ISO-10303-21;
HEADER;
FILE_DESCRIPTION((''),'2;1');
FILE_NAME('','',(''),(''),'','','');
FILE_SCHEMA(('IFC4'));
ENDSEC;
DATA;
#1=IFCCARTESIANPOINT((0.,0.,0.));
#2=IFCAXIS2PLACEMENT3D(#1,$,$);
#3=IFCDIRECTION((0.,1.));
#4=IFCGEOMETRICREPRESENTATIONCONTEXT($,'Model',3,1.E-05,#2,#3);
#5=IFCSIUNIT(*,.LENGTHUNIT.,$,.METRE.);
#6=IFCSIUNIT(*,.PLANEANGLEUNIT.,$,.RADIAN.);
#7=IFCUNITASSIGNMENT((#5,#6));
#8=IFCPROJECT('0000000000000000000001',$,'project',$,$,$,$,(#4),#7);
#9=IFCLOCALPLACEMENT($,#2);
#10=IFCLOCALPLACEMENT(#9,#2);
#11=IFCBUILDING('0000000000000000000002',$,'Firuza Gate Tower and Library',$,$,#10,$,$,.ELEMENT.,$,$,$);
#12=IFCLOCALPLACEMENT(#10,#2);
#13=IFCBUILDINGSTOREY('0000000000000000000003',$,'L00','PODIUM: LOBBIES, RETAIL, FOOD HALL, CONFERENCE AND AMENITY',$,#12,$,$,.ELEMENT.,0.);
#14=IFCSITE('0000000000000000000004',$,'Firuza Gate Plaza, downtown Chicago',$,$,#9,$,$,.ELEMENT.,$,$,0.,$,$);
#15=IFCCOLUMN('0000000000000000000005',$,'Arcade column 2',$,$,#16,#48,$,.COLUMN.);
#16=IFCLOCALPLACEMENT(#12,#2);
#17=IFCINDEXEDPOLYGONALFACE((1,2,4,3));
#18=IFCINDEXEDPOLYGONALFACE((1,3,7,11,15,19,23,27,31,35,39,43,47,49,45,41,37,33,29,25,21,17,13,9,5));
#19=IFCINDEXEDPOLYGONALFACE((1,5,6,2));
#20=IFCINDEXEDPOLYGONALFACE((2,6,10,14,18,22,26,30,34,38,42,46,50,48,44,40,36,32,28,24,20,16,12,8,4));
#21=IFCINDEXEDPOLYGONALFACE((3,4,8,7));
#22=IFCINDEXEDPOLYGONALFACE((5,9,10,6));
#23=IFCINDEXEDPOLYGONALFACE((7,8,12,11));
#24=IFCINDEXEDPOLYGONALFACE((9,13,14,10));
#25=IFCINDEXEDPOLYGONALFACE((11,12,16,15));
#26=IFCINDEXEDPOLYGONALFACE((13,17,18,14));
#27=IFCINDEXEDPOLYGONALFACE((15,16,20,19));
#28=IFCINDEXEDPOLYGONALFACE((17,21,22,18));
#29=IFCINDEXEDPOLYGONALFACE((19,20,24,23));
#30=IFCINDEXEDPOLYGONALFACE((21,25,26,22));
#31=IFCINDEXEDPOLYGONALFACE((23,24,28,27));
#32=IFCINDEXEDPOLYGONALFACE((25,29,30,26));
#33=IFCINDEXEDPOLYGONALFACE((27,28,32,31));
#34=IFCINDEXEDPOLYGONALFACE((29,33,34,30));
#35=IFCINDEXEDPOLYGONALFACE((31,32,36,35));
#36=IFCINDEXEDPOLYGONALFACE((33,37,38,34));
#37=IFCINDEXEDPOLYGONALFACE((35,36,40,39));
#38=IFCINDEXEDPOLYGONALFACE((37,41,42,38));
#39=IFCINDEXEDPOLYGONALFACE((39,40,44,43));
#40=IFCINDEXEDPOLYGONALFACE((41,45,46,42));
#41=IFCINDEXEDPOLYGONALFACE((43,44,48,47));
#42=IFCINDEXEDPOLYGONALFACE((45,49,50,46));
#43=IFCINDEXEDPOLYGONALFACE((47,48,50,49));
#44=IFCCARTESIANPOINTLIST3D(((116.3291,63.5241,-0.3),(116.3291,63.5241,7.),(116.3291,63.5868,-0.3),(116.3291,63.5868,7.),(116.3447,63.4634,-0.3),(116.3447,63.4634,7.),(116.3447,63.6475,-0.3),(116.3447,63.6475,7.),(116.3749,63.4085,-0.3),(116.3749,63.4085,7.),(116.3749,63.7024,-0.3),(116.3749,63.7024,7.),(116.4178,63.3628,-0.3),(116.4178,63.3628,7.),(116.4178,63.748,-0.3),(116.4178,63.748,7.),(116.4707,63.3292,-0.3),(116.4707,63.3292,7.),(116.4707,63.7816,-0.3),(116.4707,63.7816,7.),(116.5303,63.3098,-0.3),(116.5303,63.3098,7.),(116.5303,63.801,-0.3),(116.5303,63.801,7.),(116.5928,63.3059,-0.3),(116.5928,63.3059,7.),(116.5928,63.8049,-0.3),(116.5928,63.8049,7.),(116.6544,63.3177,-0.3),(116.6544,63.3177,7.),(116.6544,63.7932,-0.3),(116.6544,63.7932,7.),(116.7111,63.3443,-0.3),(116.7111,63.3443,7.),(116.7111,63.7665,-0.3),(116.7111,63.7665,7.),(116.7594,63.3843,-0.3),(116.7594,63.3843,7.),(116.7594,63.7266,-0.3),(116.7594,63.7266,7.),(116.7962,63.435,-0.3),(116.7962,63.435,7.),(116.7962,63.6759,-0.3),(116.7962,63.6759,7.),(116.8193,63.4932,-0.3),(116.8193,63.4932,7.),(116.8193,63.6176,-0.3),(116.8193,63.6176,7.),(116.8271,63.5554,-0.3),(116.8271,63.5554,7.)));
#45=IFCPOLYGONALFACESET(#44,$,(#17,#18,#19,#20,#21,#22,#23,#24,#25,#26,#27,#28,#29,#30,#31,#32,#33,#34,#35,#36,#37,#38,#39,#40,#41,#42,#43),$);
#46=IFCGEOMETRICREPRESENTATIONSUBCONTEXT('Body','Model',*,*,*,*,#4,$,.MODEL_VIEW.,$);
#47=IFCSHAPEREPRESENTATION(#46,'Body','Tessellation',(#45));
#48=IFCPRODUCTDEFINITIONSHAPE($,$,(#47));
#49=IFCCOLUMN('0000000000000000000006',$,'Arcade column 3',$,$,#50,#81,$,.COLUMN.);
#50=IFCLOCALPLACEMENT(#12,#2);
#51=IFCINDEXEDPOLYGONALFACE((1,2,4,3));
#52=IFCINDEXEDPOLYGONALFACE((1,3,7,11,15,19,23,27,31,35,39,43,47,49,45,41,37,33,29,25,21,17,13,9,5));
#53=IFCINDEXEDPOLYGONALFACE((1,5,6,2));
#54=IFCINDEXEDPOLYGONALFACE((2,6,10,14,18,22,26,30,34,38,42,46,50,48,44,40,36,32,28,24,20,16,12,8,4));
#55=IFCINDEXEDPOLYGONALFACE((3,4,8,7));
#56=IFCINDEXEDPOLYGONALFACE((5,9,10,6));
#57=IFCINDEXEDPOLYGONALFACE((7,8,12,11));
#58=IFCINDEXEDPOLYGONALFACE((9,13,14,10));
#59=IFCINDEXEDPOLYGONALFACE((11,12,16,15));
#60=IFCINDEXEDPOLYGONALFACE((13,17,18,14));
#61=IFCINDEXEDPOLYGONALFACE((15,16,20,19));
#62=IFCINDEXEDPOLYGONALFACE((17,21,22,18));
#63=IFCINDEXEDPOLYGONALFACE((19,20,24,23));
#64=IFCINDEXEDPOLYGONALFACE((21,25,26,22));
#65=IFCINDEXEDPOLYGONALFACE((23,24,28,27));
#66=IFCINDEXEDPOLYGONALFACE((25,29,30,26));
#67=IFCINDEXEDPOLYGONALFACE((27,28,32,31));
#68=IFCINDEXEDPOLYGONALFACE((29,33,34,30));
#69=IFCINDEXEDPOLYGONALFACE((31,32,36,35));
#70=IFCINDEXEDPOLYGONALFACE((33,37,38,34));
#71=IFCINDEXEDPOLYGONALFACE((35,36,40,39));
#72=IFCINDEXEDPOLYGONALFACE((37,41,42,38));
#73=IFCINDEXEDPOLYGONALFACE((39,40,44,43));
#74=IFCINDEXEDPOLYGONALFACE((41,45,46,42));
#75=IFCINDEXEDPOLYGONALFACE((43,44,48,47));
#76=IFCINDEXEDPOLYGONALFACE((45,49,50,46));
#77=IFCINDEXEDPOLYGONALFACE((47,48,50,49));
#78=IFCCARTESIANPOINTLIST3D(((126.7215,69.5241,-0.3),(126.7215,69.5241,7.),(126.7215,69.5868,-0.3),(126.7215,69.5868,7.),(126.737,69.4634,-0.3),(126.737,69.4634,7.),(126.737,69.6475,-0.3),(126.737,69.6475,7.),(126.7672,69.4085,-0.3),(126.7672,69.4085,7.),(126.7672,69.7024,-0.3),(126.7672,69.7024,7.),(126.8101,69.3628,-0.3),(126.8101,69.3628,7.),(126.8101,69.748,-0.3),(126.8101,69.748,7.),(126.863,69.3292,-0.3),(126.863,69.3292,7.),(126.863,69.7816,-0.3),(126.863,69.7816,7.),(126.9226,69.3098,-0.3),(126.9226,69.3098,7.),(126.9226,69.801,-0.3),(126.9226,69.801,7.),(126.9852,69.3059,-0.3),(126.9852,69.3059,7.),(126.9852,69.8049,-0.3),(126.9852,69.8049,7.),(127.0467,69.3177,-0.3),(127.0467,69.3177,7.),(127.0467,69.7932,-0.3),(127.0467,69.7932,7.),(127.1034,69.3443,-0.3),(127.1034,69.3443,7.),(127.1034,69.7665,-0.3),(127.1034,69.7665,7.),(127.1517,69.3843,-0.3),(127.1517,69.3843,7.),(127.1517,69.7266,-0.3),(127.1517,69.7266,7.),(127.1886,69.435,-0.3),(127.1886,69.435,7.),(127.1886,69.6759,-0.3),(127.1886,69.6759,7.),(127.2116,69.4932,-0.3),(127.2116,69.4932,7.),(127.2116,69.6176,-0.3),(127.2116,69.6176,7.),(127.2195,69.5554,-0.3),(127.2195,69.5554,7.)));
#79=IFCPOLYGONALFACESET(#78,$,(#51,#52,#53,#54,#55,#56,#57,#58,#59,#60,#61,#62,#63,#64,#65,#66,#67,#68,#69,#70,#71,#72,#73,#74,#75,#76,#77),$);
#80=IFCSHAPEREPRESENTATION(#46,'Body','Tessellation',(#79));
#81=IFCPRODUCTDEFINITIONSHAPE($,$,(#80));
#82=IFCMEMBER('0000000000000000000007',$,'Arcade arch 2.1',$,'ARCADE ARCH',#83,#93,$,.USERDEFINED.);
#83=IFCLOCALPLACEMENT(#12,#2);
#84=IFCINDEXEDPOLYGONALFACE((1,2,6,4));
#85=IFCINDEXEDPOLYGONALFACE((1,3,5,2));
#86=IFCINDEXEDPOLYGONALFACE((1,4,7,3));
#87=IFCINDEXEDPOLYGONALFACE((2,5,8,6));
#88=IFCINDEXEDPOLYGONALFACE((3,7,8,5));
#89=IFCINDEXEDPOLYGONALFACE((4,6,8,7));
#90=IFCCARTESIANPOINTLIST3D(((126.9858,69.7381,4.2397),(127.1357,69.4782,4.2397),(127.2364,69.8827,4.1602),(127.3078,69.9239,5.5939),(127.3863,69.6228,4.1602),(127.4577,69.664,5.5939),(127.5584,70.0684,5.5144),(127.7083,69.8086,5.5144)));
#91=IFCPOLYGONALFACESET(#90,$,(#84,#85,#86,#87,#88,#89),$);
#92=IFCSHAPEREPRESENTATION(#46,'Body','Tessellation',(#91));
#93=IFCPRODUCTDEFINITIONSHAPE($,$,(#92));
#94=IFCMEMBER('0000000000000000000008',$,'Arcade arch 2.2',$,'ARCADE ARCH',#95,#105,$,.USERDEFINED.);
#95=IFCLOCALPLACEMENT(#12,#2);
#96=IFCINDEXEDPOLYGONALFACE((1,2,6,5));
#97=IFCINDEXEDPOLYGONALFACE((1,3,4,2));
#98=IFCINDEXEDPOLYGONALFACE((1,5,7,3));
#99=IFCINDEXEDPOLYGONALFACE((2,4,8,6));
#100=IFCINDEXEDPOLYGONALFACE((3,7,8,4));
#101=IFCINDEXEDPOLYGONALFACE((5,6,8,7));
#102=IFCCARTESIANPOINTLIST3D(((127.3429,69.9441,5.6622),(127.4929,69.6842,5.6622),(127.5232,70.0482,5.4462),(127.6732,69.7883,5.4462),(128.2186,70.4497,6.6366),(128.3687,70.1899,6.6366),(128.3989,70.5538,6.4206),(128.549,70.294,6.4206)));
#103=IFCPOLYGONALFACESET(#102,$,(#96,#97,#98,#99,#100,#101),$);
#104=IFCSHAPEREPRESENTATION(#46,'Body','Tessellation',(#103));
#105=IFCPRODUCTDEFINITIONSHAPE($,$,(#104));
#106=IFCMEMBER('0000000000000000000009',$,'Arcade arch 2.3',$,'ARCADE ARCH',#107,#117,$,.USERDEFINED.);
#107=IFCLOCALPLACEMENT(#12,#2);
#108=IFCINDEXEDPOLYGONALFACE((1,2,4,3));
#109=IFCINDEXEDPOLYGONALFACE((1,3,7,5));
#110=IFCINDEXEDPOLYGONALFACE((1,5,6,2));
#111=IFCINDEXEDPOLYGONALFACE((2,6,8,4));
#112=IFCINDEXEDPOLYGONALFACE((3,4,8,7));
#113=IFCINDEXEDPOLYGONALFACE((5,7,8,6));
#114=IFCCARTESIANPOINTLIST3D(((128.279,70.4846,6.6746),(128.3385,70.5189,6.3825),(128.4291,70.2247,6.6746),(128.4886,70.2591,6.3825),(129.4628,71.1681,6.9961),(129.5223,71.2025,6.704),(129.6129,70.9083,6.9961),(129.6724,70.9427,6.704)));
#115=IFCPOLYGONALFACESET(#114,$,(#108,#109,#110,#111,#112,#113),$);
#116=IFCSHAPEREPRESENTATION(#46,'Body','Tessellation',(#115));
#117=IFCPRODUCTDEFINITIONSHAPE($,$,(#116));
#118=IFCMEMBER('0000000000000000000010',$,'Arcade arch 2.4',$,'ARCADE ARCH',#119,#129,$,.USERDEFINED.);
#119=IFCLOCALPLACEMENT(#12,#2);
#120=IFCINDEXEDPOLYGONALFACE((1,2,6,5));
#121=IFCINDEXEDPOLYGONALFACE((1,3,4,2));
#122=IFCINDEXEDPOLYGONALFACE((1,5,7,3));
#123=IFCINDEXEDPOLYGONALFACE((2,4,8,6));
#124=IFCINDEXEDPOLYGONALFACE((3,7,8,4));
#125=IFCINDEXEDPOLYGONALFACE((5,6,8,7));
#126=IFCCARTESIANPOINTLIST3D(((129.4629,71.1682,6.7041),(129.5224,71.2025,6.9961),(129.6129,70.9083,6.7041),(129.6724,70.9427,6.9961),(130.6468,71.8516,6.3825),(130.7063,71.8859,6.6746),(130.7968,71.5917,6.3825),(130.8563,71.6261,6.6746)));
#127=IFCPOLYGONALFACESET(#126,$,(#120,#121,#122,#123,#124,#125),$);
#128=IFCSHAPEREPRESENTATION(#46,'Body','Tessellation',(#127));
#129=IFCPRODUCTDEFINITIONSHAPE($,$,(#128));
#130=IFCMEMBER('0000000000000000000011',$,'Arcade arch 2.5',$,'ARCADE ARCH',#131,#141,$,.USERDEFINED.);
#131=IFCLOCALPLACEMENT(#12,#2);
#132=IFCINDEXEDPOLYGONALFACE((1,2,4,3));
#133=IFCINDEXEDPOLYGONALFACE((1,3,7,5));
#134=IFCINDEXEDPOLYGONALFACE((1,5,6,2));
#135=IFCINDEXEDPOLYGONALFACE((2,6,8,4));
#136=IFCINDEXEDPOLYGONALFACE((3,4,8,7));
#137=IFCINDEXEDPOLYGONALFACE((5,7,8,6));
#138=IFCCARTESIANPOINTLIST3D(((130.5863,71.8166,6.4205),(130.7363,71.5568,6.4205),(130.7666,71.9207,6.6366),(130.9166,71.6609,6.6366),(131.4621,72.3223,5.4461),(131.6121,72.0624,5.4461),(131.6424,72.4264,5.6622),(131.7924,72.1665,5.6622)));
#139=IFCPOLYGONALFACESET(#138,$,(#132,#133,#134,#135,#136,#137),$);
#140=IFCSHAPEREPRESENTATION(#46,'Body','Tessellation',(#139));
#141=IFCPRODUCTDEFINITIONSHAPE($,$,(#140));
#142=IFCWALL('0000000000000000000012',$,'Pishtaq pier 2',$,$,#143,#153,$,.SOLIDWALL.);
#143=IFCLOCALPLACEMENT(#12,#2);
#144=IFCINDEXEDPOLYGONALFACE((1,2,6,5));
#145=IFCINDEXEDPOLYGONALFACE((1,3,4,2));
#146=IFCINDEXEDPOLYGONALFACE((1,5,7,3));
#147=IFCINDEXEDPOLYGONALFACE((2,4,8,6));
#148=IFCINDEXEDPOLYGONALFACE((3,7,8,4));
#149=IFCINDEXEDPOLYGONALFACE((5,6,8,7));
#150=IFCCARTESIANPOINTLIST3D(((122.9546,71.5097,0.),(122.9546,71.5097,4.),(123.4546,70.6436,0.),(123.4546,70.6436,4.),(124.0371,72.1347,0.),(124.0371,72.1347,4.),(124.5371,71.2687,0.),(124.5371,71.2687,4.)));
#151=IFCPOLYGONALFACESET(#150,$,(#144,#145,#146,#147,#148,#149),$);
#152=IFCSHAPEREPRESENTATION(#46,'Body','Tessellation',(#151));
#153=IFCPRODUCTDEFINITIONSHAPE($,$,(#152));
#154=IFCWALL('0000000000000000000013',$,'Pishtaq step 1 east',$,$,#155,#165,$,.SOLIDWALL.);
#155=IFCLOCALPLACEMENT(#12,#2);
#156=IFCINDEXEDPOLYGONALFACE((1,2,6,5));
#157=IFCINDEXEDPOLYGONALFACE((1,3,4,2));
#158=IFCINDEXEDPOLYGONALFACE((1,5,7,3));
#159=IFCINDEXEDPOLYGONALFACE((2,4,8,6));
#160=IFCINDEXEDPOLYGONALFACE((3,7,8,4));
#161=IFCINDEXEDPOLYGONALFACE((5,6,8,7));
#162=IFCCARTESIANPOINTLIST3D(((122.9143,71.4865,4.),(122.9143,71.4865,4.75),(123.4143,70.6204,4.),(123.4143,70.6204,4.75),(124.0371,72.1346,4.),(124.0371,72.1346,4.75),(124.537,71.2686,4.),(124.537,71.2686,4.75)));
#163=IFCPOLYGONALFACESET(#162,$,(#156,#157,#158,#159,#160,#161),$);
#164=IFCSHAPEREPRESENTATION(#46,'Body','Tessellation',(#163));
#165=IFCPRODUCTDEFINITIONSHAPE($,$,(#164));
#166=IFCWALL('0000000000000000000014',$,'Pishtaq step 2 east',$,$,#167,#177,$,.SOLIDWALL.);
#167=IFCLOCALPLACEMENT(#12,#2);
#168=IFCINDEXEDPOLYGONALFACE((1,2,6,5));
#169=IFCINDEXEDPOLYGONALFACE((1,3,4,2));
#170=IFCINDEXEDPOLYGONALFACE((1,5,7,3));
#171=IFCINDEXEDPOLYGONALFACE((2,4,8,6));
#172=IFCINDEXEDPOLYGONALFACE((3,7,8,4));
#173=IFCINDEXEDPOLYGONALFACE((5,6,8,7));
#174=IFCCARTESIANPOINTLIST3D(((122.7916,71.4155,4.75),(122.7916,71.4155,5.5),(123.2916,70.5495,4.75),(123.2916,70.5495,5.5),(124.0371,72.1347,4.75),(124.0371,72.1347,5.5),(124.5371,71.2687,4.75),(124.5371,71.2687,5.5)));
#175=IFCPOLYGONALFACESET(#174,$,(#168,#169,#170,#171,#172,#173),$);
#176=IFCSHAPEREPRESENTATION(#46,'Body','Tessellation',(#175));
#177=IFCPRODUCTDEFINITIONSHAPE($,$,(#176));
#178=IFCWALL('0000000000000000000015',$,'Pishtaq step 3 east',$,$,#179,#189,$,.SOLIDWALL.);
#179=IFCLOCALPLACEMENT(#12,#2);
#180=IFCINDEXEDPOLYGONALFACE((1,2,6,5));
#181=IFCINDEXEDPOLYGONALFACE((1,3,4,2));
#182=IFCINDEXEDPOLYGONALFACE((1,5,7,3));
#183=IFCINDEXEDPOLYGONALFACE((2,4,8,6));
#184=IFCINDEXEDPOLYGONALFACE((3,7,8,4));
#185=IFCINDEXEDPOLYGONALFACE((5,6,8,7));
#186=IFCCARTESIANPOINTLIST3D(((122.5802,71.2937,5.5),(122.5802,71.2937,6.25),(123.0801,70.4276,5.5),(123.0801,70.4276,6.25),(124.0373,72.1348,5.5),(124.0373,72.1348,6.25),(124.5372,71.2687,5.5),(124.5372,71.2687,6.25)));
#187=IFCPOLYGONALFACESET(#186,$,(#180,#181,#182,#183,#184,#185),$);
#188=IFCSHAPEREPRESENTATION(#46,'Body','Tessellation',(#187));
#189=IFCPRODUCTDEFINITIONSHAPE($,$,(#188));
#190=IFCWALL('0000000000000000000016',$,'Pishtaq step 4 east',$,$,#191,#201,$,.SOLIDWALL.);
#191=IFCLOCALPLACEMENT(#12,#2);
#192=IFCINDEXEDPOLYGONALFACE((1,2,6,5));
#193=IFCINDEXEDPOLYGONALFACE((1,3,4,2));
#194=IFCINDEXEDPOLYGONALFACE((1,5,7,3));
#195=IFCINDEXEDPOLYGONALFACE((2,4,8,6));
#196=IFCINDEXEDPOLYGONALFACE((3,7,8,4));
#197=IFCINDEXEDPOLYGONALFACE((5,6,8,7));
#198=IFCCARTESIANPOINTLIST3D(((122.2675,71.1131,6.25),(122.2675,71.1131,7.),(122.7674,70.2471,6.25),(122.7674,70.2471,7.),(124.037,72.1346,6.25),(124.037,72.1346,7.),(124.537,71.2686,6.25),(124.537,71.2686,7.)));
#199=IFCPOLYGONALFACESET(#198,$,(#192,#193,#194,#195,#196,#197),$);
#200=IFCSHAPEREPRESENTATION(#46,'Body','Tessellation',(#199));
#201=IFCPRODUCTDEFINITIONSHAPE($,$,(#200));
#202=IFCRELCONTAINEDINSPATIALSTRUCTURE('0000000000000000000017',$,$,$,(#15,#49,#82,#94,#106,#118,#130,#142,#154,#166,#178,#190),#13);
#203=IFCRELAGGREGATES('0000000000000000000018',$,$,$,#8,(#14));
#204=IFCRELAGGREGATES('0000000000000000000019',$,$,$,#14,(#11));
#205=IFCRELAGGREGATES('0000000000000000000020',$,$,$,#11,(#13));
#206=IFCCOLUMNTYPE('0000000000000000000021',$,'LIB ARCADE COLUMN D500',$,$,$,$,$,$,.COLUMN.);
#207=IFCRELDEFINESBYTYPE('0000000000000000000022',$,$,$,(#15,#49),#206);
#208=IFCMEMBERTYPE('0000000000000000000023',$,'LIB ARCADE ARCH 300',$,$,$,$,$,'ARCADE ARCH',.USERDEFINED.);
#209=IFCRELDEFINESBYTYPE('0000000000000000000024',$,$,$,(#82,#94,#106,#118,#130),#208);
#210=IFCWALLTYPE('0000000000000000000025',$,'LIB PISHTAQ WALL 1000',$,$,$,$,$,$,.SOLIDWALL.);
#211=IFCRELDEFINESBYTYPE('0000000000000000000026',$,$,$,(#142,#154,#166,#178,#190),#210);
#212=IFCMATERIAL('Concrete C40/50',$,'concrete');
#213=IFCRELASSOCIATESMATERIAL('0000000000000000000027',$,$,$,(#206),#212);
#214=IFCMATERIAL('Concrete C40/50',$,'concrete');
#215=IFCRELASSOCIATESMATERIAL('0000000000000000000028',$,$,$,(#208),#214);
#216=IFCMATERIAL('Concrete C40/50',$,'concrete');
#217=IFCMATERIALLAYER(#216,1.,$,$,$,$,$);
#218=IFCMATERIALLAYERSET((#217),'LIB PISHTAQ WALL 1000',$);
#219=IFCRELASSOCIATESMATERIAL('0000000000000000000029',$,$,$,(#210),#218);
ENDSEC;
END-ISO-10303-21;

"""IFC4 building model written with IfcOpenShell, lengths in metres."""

from ifc_helpers import new_model, si_unit, direction, frame, frame_2d, origin, origin_2d, place, context, subcontext, project, spatial, rectangle, circle, extrude, material, layer, layer_set, material_profile, profile_set, type_object, element, save


model = new_model("IFC4")

# Units and contexts
model_context = context("Model", 3, precision=1e-05, world=origin(), true_north=direction((0.0, 1.0)))
body_context = subcontext(model_context, "Body", "Model", "MODEL_VIEW")
ifc_project = project(units=[si_unit("LENGTHUNIT", "METRE"), si_unit("PLANEANGLEUNIT", "RADIAN")], contexts=[model_context])

# Site, building, storey
site_placement = place(None, origin())
site = spatial("IfcSite", under=ifc_project, at=site_placement, Name="Firuza Gate Plaza, downtown Chicago", CompositionType="ELEMENT", RefElevation=0.0)
building_placement = place(site_placement, origin())
building = spatial("IfcBuilding", under=site, at=building_placement, Name="Firuza Gate Tower and Library", CompositionType="ELEMENT")
storey_placement = place(building_placement, origin())
storey = spatial("IfcBuildingStorey", under=building, at=storey_placement, Name="L00", Description="PODIUM: LOBBIES, RETAIL, FOOD HALL, CONFERENCE AND AMENITY", CompositionType="ELEMENT", Elevation=0.0)

# Columns
ifc_material_1 = material(Name="Concrete C40/50", Category="concrete")
ifc_material_profile_1 = material_profile(ifc_material_1, circle(Radius=0.25, at=origin_2d()))
ifc_profile_set_1 = profile_set([ifc_material_profile_1], Name="Concrete C40/50")
column_type = type_object("IfcColumnType", Name="LIB ARCADE COLUMN D500", PredefinedType="COLUMN", material=ifc_profile_set_1)
for number, where, z_axis, x_axis, name in (
    (1, (116.5771, 63.5554, -0.3), (0.0, 0.0, 1.0), (1.0, 0.0, 0.0), "Arcade column 2"),
    (2, (126.9695, 69.5554, -0.3), (0.0, 0.0, 1.0), (1.0, 0.0, 0.0), "Arcade column 3"),
):
    element("IfcColumn", number, at=place(storey_placement, frame(where, z_axis=z_axis, x_axis=x_axis)), inside=storey, type_object=column_type, Name=name, PredefinedType="COLUMN", context=body_context, shape_type="SweptSolid", body=[
        extrude(circle(Radius=0.25, at=origin_2d()), origin(), (0.0, 0.0, 1.0), 7.3),
    ])

# Members
ifc_material_2 = material(Name="Concrete C40/50", Category="concrete")
ifc_material_profile_2 = material_profile(ifc_material_2, rectangle(XDim=0.3, YDim=0.3, at=origin_2d()))
ifc_profile_set_2 = profile_set([ifc_material_profile_2], Name="Concrete C40/50")
member_type = type_object("IfcMemberType", Name="LIB ARCADE ARCH 300", ElementType="ARCADE ARCH", PredefinedType="USERDEFINED", material=ifc_profile_set_2)
for number, where, z_axis, x_axis, name in (
    (3, (127.186, 69.6804, 4.2), (0.229303, 0.132297, 0.964323), (-0.499741, 0.866175, 0.0), "Arcade arch 2.1"),
    (4, (127.5081, 69.8662, 5.5542), (0.623626, 0.360059, 0.693865), (-0.500008, 0.866021, 0.0), "Arcade arch 2.2"),
    (5, (128.3838, 70.3718, 6.5286), (0.842988, 0.486774, 0.228958), (-0.500057, 0.865992, 0.0), "Arcade arch 2.3"),
    (6, (129.5676, 71.0554, 6.8501), (0.84306, 0.486641, -0.228977), (-0.499923, 0.86607, 0.0), "Arcade arch 2.4"),
    (7, (130.7515, 71.7388, 6.5286), (0.623626, 0.360059, -0.693865), (-0.500008, 0.866021, 0.0), "Arcade arch 2.5"),
):
    element("IfcMember", number, at=place(storey_placement, frame(where, z_axis=z_axis, x_axis=x_axis)), inside=storey, type_object=member_type, Name=name, ObjectType="ARCADE ARCH", PredefinedType="USERDEFINED", context=body_context, shape_type="SweptSolid", body=[
        extrude(rectangle(XDim=0.3, YDim=0.3, at=origin_2d()), origin(), (0.0, 0.0, 1.0), 1.4043),
    ])

# Walls
ifc_material_3 = material(Name="Concrete C40/50", Category="concrete")
ifc_layer_1 = layer(ifc_material_3, 1.0)
ifc_layer_set_1 = layer_set([ifc_layer_1], Name="LIB PISHTAQ WALL 1000")
wall_type_1 = type_object("IfcWallType", Name="LIB PISHTAQ WALL 1000", PredefinedType="SOLIDWALL", material=ifc_layer_set_1)
wall_1_placement = place(storey_placement, frame((123.2046, 71.0767, 0.0), z_axis=(0.0, 0.0, 1.0), x_axis=(0.866023, 0.500004, 0.0)))
element("IfcWall", 8, at=wall_1_placement, inside=storey, type_object=wall_type_1, Name="Pishtaq pier 2", PredefinedType="SOLIDWALL", context=body_context, shape_type="SweptSolid", body=[
    extrude(rectangle(XDim=1.25, YDim=1.0, at=frame_2d((0.625, 0.0))), origin(), (0.0, 0.0, 1.0), 4.0),
])
wall_2_placement = place(storey_placement, frame((123.1643, 71.0535, 4.0), z_axis=(0.0, 0.0, 1.0), x_axis=(0.866044, 0.499967, 0.0)))
element("IfcWall", 9, at=wall_2_placement, inside=storey, type_object=wall_type_1, Name="Pishtaq step 1 east", PredefinedType="SOLIDWALL", context=body_context, shape_type="SweptSolid", body=[
    extrude(rectangle(XDim=1.2964, YDim=1.0, at=frame_2d((0.6482, 0.0))), origin(), (0.0, 0.0, 1.0), 0.75),
])
wall_3_placement = place(storey_placement, frame((123.0415, 70.9824, 4.75), z_axis=(0.0, 0.0, 1.0), x_axis=(0.865999, 0.500046, 0.0)))
element("IfcWall", 10, at=wall_3_placement, inside=storey, type_object=wall_type_1, Name="Pishtaq step 2 east", PredefinedType="SOLIDWALL", context=body_context, shape_type="SweptSolid", body=[
    extrude(rectangle(XDim=1.4382, YDim=1.0, at=frame_2d((0.7192, 0.0))), origin(), (0.0, 0.0, 1.0), 0.75),
])
wall_4_placement = place(storey_placement, frame((122.8301, 70.8606, 5.5), z_axis=(0.0, 0.0, 1.0), x_axis=(0.866065, 0.499932, 0.0)))
element("IfcWall", 11, at=wall_4_placement, inside=storey, type_object=wall_type_1, Name="Pishtaq step 3 east", PredefinedType="SOLIDWALL", context=body_context, shape_type="SweptSolid", body=[
    extrude(rectangle(XDim=1.6824, YDim=1.0, at=frame_2d((0.8413, 0.0))), origin(), (0.0, 0.0, 1.0), 0.75),
])
wall_5_placement = place(storey_placement, frame((122.5176, 70.6802, 6.25), z_axis=(0.0, 0.0, 1.0), x_axis=(0.866058, 0.499943, 0.0)))
element("IfcWall", 12, at=wall_5_placement, inside=storey, type_object=wall_type_1, Name="Pishtaq step 4 east", PredefinedType="SOLIDWALL", context=body_context, shape_type="SweptSolid", body=[
    extrude(rectangle(XDim=2.0432, YDim=1.0, at=frame_2d((1.0215, 0.0))), origin(), (0.0, 0.0, 1.0), 0.75),
])

save(model, "model.ifc")
